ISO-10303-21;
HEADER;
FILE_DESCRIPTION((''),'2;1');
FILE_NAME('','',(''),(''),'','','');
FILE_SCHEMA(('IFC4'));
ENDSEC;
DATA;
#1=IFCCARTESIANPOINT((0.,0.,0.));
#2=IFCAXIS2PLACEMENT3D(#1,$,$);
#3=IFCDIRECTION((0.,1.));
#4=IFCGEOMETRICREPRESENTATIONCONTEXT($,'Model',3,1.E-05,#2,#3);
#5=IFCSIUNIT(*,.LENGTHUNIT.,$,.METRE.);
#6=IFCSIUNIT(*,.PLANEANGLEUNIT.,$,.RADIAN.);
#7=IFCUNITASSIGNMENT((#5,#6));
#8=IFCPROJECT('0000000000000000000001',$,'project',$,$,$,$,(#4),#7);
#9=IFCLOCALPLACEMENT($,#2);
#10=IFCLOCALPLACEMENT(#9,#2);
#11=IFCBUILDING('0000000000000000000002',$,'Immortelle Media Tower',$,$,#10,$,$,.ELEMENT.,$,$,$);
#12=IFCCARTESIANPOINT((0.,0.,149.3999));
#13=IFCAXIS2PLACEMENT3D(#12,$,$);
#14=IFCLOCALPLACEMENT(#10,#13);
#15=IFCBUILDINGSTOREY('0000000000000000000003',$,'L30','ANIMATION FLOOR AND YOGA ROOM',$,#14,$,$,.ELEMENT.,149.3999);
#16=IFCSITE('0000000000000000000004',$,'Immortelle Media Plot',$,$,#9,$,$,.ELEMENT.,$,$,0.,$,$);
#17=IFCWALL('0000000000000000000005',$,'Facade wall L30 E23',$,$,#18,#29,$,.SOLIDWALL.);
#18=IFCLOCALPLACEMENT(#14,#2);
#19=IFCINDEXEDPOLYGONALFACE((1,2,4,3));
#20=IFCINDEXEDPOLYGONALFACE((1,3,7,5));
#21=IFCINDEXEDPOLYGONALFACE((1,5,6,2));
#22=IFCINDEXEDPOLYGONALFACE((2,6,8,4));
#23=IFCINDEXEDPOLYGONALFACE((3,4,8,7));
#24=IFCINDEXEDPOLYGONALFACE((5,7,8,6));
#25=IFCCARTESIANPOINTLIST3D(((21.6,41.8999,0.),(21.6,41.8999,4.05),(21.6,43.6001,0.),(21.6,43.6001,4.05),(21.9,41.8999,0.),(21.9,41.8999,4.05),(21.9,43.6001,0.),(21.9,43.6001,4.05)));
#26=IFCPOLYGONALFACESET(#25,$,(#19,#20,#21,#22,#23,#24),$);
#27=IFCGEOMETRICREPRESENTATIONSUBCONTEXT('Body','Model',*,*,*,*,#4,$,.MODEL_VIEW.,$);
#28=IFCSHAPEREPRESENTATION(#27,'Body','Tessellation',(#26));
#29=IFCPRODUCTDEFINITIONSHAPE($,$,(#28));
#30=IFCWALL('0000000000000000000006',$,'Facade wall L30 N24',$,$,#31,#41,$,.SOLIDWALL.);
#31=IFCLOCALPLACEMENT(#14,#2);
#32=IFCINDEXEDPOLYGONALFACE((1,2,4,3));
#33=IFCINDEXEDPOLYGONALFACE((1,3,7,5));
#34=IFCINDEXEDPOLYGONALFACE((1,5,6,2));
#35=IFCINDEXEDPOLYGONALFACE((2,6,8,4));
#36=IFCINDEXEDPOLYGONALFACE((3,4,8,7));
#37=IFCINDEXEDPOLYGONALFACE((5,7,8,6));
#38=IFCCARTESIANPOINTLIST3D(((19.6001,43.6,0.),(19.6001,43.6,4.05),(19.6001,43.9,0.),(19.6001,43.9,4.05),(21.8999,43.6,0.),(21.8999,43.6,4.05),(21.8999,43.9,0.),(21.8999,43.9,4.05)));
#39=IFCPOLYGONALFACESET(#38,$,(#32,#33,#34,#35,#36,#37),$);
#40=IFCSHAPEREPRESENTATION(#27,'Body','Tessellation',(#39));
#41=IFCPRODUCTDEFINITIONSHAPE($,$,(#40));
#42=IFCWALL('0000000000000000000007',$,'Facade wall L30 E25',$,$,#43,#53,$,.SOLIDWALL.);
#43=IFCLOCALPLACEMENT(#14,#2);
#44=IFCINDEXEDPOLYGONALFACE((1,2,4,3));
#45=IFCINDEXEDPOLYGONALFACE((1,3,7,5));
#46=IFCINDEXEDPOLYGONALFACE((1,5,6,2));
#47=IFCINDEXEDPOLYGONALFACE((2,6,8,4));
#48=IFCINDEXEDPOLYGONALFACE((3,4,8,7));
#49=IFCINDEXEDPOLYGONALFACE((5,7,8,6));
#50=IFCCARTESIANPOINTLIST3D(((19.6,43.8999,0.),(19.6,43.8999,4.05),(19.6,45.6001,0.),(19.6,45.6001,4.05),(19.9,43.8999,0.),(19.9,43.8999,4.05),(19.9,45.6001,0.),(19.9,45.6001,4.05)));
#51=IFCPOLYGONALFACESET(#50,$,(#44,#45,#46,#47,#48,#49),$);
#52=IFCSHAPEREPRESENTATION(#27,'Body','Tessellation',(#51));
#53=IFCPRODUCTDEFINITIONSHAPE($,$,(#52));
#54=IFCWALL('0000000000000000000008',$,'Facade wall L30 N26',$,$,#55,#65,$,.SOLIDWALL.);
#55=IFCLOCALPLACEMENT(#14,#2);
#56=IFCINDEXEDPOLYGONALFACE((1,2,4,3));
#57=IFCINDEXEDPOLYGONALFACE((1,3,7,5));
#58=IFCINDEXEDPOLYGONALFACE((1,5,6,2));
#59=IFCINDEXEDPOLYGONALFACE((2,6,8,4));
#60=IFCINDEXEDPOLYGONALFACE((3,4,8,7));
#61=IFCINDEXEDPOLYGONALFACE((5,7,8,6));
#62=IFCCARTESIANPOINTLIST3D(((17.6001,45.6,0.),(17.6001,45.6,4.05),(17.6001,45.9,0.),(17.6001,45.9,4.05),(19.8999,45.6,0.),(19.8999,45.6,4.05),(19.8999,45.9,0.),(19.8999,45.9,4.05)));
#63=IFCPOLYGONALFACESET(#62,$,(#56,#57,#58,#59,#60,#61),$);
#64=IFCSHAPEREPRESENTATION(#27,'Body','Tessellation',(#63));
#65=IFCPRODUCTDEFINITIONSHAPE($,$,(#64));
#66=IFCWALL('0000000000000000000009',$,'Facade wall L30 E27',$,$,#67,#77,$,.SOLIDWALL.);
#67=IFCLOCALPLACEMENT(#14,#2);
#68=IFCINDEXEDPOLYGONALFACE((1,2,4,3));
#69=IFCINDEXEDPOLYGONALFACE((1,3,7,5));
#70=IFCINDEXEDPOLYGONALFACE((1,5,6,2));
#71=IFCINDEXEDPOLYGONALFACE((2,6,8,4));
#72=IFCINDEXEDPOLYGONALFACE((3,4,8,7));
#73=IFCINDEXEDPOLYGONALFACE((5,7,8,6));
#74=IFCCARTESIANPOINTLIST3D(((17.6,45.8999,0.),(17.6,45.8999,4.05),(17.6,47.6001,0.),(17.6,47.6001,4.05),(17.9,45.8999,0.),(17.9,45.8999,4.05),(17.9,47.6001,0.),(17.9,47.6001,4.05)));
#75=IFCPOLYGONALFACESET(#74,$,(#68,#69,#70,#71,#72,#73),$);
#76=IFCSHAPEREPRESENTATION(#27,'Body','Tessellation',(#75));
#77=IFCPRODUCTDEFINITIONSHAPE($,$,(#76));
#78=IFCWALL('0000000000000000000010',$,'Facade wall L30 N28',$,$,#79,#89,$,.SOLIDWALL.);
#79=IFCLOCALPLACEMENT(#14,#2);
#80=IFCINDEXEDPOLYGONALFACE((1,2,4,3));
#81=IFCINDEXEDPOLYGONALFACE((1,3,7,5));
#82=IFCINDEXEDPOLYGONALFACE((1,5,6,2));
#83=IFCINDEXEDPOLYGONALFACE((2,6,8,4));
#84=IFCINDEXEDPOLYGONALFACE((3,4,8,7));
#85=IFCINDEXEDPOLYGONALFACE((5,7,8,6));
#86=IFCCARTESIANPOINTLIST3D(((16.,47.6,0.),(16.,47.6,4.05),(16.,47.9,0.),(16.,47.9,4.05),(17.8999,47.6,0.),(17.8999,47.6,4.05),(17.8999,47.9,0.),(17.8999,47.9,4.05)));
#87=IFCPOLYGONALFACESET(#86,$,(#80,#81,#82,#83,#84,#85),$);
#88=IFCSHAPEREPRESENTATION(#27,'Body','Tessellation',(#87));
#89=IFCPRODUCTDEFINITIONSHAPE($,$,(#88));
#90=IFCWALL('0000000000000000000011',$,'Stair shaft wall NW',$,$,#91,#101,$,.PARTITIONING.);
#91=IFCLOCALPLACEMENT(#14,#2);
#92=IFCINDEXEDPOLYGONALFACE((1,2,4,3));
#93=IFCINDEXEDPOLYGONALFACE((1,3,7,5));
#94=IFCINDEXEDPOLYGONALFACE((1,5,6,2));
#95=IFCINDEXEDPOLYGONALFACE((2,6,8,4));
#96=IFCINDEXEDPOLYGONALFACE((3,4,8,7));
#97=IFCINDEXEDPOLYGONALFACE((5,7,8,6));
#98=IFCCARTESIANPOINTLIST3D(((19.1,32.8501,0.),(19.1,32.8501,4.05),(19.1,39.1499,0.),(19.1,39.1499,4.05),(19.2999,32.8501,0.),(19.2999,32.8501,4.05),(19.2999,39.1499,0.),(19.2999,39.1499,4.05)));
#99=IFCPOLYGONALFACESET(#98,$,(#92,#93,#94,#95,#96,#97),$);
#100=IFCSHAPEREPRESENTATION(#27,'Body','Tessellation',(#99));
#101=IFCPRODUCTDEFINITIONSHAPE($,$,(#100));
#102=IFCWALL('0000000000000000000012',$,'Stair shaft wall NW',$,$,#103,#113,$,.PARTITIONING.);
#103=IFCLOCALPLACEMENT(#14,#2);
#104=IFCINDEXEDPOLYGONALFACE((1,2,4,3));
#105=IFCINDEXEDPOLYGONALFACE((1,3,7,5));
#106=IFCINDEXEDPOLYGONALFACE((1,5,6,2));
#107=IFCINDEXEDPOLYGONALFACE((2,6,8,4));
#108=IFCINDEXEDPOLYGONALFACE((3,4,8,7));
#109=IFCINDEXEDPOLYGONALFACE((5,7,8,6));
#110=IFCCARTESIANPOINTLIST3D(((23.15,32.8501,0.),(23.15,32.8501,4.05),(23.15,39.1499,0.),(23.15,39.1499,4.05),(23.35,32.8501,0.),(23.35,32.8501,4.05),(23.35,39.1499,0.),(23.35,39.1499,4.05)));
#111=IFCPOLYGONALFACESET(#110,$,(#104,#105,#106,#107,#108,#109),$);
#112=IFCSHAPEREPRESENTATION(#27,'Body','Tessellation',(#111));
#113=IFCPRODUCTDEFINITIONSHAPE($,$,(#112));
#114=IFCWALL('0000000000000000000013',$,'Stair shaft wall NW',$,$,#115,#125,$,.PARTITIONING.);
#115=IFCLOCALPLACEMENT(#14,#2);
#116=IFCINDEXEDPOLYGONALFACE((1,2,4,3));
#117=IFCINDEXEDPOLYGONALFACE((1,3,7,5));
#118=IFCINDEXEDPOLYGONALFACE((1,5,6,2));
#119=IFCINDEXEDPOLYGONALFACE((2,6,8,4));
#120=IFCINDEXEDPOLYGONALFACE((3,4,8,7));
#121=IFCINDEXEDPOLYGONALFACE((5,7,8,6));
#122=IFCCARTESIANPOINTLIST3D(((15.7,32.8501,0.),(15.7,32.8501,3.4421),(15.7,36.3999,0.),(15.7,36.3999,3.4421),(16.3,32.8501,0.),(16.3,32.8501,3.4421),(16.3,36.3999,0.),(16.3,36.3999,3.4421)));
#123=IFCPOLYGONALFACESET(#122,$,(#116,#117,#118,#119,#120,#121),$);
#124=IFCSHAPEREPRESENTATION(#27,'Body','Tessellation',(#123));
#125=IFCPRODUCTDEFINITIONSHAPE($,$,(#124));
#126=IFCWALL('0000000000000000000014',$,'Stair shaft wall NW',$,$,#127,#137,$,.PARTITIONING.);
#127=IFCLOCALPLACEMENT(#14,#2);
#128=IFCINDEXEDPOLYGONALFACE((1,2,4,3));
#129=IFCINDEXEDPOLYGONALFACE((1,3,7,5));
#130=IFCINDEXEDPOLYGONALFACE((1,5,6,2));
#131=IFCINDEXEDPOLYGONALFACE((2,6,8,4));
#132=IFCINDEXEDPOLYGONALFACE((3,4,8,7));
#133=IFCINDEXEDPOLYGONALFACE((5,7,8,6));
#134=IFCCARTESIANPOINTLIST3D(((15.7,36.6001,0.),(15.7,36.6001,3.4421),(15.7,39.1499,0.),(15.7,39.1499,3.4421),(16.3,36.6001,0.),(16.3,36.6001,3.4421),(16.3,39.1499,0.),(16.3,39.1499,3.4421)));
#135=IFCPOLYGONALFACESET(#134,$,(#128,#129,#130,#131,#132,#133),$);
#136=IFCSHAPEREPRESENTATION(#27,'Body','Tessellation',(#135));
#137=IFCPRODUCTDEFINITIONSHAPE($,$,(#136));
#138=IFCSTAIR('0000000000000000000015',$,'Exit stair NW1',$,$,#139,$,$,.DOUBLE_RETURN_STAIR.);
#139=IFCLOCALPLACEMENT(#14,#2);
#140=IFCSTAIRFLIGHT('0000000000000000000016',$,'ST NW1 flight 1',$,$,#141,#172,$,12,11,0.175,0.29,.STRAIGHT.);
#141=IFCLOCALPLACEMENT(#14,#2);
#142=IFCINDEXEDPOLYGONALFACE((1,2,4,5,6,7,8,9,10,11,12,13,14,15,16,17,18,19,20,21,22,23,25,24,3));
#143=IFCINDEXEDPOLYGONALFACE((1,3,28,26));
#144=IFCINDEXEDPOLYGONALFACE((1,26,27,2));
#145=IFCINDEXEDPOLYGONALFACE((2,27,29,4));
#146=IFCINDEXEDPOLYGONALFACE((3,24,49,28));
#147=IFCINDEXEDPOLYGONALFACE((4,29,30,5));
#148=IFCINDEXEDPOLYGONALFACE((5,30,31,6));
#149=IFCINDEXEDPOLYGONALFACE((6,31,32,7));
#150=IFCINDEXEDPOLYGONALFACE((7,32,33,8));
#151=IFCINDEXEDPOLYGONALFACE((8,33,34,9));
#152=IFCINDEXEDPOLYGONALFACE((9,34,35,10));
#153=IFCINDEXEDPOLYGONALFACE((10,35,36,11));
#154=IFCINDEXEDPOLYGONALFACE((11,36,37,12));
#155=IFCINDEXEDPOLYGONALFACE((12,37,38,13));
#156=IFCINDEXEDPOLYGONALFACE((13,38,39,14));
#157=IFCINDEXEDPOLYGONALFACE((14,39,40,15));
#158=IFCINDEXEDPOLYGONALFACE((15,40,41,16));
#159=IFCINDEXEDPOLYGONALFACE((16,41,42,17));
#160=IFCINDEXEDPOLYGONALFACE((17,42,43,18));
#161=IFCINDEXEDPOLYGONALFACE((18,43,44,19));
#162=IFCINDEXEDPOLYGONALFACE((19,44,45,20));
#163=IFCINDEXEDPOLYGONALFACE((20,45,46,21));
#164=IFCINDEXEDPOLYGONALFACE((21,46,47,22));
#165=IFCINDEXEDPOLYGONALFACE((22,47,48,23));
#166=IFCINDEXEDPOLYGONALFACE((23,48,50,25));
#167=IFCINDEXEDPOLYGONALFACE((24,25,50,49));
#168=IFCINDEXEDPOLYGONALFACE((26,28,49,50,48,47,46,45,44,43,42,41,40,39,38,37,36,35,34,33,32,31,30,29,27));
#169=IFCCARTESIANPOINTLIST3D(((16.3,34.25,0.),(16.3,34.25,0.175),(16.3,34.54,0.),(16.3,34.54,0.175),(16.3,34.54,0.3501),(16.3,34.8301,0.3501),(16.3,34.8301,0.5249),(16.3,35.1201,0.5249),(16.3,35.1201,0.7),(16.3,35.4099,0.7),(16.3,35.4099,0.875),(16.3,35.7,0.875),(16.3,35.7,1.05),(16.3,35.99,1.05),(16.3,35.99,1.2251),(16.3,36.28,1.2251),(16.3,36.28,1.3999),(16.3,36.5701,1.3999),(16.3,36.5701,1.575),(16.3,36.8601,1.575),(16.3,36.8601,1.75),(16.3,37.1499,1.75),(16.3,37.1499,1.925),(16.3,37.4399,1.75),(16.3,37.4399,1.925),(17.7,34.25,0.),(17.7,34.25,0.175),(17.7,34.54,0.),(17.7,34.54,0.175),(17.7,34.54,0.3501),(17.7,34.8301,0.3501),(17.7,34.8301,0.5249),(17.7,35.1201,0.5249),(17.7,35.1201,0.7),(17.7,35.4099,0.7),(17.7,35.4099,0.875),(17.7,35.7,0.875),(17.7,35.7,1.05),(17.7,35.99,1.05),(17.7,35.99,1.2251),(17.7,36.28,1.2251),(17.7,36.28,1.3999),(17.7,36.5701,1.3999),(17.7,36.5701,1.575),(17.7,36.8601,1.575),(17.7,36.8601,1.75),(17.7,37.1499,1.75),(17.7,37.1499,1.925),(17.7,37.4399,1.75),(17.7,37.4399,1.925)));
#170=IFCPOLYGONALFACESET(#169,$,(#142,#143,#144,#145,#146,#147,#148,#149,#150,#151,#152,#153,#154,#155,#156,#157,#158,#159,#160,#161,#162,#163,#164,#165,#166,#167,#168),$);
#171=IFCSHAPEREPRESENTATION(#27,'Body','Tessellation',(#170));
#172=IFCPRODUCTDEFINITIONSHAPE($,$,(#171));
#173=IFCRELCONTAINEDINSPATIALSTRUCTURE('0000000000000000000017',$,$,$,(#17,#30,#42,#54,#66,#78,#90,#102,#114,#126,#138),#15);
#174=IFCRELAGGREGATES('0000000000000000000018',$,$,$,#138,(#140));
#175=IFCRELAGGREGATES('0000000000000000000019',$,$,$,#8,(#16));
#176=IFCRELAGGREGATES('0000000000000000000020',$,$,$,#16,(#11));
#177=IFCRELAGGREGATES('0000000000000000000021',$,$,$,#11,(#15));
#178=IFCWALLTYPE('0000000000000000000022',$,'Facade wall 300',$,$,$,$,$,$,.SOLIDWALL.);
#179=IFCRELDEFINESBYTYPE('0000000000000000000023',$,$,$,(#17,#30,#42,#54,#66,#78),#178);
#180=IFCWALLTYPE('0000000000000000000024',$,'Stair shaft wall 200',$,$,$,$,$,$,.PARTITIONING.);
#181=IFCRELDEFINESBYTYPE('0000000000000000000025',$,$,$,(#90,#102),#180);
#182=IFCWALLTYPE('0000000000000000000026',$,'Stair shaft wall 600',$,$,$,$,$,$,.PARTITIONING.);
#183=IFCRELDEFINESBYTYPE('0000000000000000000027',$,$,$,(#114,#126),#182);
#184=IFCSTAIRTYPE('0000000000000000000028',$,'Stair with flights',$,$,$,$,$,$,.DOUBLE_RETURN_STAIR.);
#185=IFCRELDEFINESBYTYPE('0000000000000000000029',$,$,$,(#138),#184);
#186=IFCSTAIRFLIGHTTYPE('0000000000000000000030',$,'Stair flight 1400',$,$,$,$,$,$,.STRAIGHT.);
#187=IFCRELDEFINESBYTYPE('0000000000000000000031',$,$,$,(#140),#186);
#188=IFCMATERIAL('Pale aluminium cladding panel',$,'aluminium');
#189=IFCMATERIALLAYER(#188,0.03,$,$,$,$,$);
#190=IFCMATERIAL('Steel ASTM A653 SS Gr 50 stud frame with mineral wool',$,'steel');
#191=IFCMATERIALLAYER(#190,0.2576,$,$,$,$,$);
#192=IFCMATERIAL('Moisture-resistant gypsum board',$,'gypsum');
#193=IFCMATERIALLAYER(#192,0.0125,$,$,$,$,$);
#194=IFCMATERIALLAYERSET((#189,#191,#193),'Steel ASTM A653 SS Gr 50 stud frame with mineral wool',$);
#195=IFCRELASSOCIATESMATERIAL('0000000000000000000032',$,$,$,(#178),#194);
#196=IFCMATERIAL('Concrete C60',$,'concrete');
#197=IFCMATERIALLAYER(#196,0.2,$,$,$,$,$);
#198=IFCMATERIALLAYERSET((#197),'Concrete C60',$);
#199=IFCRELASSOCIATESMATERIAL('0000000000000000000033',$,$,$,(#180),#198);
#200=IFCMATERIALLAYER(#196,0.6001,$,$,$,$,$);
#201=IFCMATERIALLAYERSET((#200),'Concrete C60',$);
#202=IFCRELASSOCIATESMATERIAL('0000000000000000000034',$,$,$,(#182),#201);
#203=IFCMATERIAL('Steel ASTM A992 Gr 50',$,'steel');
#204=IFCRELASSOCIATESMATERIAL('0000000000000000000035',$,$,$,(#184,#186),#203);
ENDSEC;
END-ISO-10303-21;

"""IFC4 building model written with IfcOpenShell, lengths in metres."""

from ifc_helpers import new_model, si_unit, direction, frame, frame_2d, origin, place, context, subcontext, project, spatial, polyline, rectangle, outline, extrude, material, layer, layer_set, type_object, element, aggregate, save


model = new_model("IFC4")

# Units and contexts
model_context = context("Model", 3, precision=1e-05, world=origin(), true_north=direction((0.0, 1.0)))
body_context = subcontext(model_context, "Body", "Model", "MODEL_VIEW")
ifc_project = project(units=[si_unit("LENGTHUNIT", "METRE"), si_unit("PLANEANGLEUNIT", "RADIAN")], contexts=[model_context])

# Site, building, storey
site_placement = place(None, origin())
site = spatial("IfcSite", under=ifc_project, at=site_placement, Name="Immortelle Media Plot", CompositionType="ELEMENT", RefElevation=0.0)
building_placement = place(site_placement, origin())
building = spatial("IfcBuilding", under=site, at=building_placement, Name="Immortelle Media Tower", CompositionType="ELEMENT")
storey_placement = place(building_placement, frame((0.0, 0.0, 149.3999)))
storey = spatial("IfcBuildingStorey", under=building, at=storey_placement, Name="L30", Description="ANIMATION FLOOR AND YOGA ROOM", CompositionType="ELEMENT", Elevation=149.3999)

# Shared definitions
ifc_material_1 = material(Name="Steel ASTM A992 Gr 50", Category="steel")

# Walls
ifc_material_2 = material(Name="Pale aluminium cladding panel", Category="aluminium")
ifc_layer_1 = layer(ifc_material_2, 0.03)
ifc_material_3 = material(Name="Steel ASTM A653 SS Gr 50 stud frame with mineral wool", Category="steel")
ifc_layer_2 = layer(ifc_material_3, 0.2576)
ifc_material_4 = material(Name="Moisture-resistant gypsum board", Category="gypsum")
ifc_layer_3 = layer(ifc_material_4, 0.0125)
ifc_layer_set_1 = layer_set([ifc_layer_1, ifc_layer_2, ifc_layer_3], Name="Steel ASTM A653 SS Gr 50 stud frame with mineral wool")
wall_type_1 = type_object("IfcWallType", Name="Facade wall 300", PredefinedType="SOLIDWALL", material=ifc_layer_set_1)
wall_1_placement = place(storey_placement, frame((21.75, 41.8999, 0.0), z_axis=(0.0, 0.0, 1.0), x_axis=(0.0, 1.0, 0.0)))
element("IfcWall", 1, at=wall_1_placement, inside=storey, type_object=wall_type_1, Name="Facade wall L30 E23", PredefinedType="SOLIDWALL", context=body_context, shape_type="SweptSolid", body=[
    extrude(rectangle(XDim=1.7002, YDim=0.3, at=frame_2d((0.8501, 0.0))), origin(), (0.0, 0.0, 1.0), 4.05),
])
wall_2_placement = place(storey_placement, frame((21.8999, 43.75, 0.0), z_axis=(0.0, 0.0, 1.0), x_axis=(-1.0, 0.0, 0.0)))
element("IfcWall", 2, at=wall_2_placement, inside=storey, type_object=wall_type_1, Name="Facade wall L30 N24", PredefinedType="SOLIDWALL", context=body_context, shape_type="SweptSolid", body=[
    extrude(rectangle(XDim=2.2998, YDim=0.3, at=frame_2d((1.1499, 0.0))), origin(), (0.0, 0.0, 1.0), 4.05),
])
wall_3_placement = place(storey_placement, frame((19.75, 43.8999, 0.0), z_axis=(0.0, 0.0, 1.0), x_axis=(0.0, 1.0, 0.0)))
element("IfcWall", 3, at=wall_3_placement, inside=storey, type_object=wall_type_1, Name="Facade wall L30 E25", PredefinedType="SOLIDWALL", context=body_context, shape_type="SweptSolid", body=[
    extrude(rectangle(XDim=1.7002, YDim=0.3, at=frame_2d((0.8501, 0.0))), origin(), (0.0, 0.0, 1.0), 4.05),
])
wall_4_placement = place(storey_placement, frame((19.8999, 45.75, 0.0), z_axis=(0.0, 0.0, 1.0), x_axis=(-1.0, 0.0, 0.0)))
element("IfcWall", 4, at=wall_4_placement, inside=storey, type_object=wall_type_1, Name="Facade wall L30 N26", PredefinedType="SOLIDWALL", context=body_context, shape_type="SweptSolid", body=[
    extrude(rectangle(XDim=2.2998, YDim=0.3, at=frame_2d((1.1499, 0.0))), origin(), (0.0, 0.0, 1.0), 4.05),
])
wall_5_placement = place(storey_placement, frame((17.75, 45.8999, 0.0), z_axis=(0.0, 0.0, 1.0), x_axis=(0.0, 1.0, 0.0)))
element("IfcWall", 5, at=wall_5_placement, inside=storey, type_object=wall_type_1, Name="Facade wall L30 E27", PredefinedType="SOLIDWALL", context=body_context, shape_type="SweptSolid", body=[
    extrude(rectangle(XDim=1.7002, YDim=0.3, at=frame_2d((0.8501, 0.0))), origin(), (0.0, 0.0, 1.0), 4.05),
])
wall_6_placement = place(storey_placement, frame((17.8999, 47.75, 0.0), z_axis=(0.0, 0.0, 1.0), x_axis=(-1.0, 0.0, 0.0)))
element("IfcWall", 6, at=wall_6_placement, inside=storey, type_object=wall_type_1, Name="Facade wall L30 N28", PredefinedType="SOLIDWALL", context=body_context, shape_type="SweptSolid", body=[
    extrude(rectangle(XDim=1.8999, YDim=0.3, at=frame_2d((0.95, 0.0))), origin(), (0.0, 0.0, 1.0), 4.05),
])
ifc_material_5 = material(Name="Concrete C60", Category="concrete")
ifc_layer_4 = layer(ifc_material_5, 0.2)
ifc_layer_set_2 = layer_set([ifc_layer_4], Name="Concrete C60")
wall_type_2 = type_object("IfcWallType", Name="Stair shaft wall 200", PredefinedType="PARTITIONING", material=ifc_layer_set_2)
for number, where, z_axis, x_axis, name in (
    (7, (19.2, 32.8501, 0.0), (0.0, 0.0, 1.0), (0.0, 1.0, 0.0), "Stair shaft wall NW"),
    (8, (23.25, 32.8501, 0.0), (0.0, 0.0, 1.0), (0.0, 1.0, 0.0), "Stair shaft wall NW"),
):
    element("IfcWall", number, at=place(storey_placement, frame(where, z_axis=z_axis, x_axis=x_axis)), inside=storey, type_object=wall_type_2, Name=name, PredefinedType="PARTITIONING", context=body_context, shape_type="SweptSolid", body=[
        extrude(rectangle(XDim=6.2998, YDim=0.2, at=frame_2d((3.1499, 0.0))), origin(), (0.0, 0.0, 1.0), 4.05),
    ])
ifc_layer_5 = layer(ifc_material_5, 0.6001)
ifc_layer_set_3 = layer_set([ifc_layer_5], Name="Concrete C60")
wall_type_3 = type_object("IfcWallType", Name="Stair shaft wall 600", PredefinedType="PARTITIONING", material=ifc_layer_set_3)
wall_7_placement = place(storey_placement, frame((16.0, 32.8501, 0.0), z_axis=(0.0, 0.0, 1.0), x_axis=(0.0, 1.0, 0.0)))
element("IfcWall", 9, at=wall_7_placement, inside=storey, type_object=wall_type_3, Name="Stair shaft wall NW", PredefinedType="PARTITIONING", context=body_context, shape_type="SweptSolid", body=[
    extrude(rectangle(XDim=3.5498, YDim=0.6001, at=frame_2d((1.7749, 0.0))), origin(), (0.0, 0.0, 1.0), 3.4421),
])
wall_8_placement = place(storey_placement, frame((16.0, 36.6001, 0.0), z_axis=(0.0, 0.0, 1.0), x_axis=(0.0, 1.0, 0.0)))
element("IfcWall", 10, at=wall_8_placement, inside=storey, type_object=wall_type_3, Name="Stair shaft wall NW", PredefinedType="PARTITIONING", context=body_context, shape_type="SweptSolid", body=[
    extrude(rectangle(XDim=2.5498, YDim=0.6001, at=frame_2d((1.2749, 0.0))), origin(), (0.0, 0.0, 1.0), 3.4421),
])

# Stair, stair flight
stair_type = type_object("IfcStairType", Name="Stair with flights", PredefinedType="DOUBLE_RETURN_STAIR", material=ifc_material_1)
stair_1_placement = place(storey_placement, origin())
stair_1 = element("IfcStair", 11, at=stair_1_placement, inside=storey, type_object=stair_type, Name="Exit stair NW1", PredefinedType="DOUBLE_RETURN_STAIR")
stair_flight_type = type_object("IfcStairFlightType", Name="Stair flight 1400", PredefinedType="STRAIGHT", material=ifc_material_1)
stair_flight_1_placement = place(storey_placement, frame((17.0, 34.25, 0.0), z_axis=(0.0, 0.0, 1.0), x_axis=(0.0, 1.0, 0.0)))
stair_flight_1 = element("IfcStairFlight", 12, at=stair_flight_1_placement, type_object=stair_flight_type, Name="ST NW1 flight 1", NumberOfRisers=12, NumberOfTreads=11, PredefinedType="STRAIGHT", RiserHeight=0.175, TreadLength=0.29, context=body_context, shape_type="SweptSolid", body=[
    extrude(outline(polyline([(0.0, 0.0), (0.0, 0.175), (0.29, 0.175), (0.29, 0.3501), (0.5801, 0.3501), (0.5801, 0.5249), (0.8701, 0.5249), (0.8701, 0.7), (1.1599, 0.7), (1.1599, 0.875), (1.45, 0.875), (1.45, 1.05), (1.74, 1.05), (1.74, 1.2251), (2.03, 1.2251), (2.03, 1.3999), (2.3201, 1.3999), (2.3201, 1.575), (2.6101, 1.575), (2.6101, 1.75), (2.8999, 1.75), (2.8999, 1.925), (3.1899, 1.925), (3.1899, 2.1001), (3.1899, 1.75), (0.29, 0.0), (0.0, 0.0)])), frame((0.0, 0.7, 0.0), z_axis=(0.0, -1.0, 0.0), x_axis=(1.0, 0.0, 0.0)), (0.0, 0.0, 1.0), 1.3999),
])
aggregate(stair_1, [stair_flight_1])

save(model, "model.ifc")
